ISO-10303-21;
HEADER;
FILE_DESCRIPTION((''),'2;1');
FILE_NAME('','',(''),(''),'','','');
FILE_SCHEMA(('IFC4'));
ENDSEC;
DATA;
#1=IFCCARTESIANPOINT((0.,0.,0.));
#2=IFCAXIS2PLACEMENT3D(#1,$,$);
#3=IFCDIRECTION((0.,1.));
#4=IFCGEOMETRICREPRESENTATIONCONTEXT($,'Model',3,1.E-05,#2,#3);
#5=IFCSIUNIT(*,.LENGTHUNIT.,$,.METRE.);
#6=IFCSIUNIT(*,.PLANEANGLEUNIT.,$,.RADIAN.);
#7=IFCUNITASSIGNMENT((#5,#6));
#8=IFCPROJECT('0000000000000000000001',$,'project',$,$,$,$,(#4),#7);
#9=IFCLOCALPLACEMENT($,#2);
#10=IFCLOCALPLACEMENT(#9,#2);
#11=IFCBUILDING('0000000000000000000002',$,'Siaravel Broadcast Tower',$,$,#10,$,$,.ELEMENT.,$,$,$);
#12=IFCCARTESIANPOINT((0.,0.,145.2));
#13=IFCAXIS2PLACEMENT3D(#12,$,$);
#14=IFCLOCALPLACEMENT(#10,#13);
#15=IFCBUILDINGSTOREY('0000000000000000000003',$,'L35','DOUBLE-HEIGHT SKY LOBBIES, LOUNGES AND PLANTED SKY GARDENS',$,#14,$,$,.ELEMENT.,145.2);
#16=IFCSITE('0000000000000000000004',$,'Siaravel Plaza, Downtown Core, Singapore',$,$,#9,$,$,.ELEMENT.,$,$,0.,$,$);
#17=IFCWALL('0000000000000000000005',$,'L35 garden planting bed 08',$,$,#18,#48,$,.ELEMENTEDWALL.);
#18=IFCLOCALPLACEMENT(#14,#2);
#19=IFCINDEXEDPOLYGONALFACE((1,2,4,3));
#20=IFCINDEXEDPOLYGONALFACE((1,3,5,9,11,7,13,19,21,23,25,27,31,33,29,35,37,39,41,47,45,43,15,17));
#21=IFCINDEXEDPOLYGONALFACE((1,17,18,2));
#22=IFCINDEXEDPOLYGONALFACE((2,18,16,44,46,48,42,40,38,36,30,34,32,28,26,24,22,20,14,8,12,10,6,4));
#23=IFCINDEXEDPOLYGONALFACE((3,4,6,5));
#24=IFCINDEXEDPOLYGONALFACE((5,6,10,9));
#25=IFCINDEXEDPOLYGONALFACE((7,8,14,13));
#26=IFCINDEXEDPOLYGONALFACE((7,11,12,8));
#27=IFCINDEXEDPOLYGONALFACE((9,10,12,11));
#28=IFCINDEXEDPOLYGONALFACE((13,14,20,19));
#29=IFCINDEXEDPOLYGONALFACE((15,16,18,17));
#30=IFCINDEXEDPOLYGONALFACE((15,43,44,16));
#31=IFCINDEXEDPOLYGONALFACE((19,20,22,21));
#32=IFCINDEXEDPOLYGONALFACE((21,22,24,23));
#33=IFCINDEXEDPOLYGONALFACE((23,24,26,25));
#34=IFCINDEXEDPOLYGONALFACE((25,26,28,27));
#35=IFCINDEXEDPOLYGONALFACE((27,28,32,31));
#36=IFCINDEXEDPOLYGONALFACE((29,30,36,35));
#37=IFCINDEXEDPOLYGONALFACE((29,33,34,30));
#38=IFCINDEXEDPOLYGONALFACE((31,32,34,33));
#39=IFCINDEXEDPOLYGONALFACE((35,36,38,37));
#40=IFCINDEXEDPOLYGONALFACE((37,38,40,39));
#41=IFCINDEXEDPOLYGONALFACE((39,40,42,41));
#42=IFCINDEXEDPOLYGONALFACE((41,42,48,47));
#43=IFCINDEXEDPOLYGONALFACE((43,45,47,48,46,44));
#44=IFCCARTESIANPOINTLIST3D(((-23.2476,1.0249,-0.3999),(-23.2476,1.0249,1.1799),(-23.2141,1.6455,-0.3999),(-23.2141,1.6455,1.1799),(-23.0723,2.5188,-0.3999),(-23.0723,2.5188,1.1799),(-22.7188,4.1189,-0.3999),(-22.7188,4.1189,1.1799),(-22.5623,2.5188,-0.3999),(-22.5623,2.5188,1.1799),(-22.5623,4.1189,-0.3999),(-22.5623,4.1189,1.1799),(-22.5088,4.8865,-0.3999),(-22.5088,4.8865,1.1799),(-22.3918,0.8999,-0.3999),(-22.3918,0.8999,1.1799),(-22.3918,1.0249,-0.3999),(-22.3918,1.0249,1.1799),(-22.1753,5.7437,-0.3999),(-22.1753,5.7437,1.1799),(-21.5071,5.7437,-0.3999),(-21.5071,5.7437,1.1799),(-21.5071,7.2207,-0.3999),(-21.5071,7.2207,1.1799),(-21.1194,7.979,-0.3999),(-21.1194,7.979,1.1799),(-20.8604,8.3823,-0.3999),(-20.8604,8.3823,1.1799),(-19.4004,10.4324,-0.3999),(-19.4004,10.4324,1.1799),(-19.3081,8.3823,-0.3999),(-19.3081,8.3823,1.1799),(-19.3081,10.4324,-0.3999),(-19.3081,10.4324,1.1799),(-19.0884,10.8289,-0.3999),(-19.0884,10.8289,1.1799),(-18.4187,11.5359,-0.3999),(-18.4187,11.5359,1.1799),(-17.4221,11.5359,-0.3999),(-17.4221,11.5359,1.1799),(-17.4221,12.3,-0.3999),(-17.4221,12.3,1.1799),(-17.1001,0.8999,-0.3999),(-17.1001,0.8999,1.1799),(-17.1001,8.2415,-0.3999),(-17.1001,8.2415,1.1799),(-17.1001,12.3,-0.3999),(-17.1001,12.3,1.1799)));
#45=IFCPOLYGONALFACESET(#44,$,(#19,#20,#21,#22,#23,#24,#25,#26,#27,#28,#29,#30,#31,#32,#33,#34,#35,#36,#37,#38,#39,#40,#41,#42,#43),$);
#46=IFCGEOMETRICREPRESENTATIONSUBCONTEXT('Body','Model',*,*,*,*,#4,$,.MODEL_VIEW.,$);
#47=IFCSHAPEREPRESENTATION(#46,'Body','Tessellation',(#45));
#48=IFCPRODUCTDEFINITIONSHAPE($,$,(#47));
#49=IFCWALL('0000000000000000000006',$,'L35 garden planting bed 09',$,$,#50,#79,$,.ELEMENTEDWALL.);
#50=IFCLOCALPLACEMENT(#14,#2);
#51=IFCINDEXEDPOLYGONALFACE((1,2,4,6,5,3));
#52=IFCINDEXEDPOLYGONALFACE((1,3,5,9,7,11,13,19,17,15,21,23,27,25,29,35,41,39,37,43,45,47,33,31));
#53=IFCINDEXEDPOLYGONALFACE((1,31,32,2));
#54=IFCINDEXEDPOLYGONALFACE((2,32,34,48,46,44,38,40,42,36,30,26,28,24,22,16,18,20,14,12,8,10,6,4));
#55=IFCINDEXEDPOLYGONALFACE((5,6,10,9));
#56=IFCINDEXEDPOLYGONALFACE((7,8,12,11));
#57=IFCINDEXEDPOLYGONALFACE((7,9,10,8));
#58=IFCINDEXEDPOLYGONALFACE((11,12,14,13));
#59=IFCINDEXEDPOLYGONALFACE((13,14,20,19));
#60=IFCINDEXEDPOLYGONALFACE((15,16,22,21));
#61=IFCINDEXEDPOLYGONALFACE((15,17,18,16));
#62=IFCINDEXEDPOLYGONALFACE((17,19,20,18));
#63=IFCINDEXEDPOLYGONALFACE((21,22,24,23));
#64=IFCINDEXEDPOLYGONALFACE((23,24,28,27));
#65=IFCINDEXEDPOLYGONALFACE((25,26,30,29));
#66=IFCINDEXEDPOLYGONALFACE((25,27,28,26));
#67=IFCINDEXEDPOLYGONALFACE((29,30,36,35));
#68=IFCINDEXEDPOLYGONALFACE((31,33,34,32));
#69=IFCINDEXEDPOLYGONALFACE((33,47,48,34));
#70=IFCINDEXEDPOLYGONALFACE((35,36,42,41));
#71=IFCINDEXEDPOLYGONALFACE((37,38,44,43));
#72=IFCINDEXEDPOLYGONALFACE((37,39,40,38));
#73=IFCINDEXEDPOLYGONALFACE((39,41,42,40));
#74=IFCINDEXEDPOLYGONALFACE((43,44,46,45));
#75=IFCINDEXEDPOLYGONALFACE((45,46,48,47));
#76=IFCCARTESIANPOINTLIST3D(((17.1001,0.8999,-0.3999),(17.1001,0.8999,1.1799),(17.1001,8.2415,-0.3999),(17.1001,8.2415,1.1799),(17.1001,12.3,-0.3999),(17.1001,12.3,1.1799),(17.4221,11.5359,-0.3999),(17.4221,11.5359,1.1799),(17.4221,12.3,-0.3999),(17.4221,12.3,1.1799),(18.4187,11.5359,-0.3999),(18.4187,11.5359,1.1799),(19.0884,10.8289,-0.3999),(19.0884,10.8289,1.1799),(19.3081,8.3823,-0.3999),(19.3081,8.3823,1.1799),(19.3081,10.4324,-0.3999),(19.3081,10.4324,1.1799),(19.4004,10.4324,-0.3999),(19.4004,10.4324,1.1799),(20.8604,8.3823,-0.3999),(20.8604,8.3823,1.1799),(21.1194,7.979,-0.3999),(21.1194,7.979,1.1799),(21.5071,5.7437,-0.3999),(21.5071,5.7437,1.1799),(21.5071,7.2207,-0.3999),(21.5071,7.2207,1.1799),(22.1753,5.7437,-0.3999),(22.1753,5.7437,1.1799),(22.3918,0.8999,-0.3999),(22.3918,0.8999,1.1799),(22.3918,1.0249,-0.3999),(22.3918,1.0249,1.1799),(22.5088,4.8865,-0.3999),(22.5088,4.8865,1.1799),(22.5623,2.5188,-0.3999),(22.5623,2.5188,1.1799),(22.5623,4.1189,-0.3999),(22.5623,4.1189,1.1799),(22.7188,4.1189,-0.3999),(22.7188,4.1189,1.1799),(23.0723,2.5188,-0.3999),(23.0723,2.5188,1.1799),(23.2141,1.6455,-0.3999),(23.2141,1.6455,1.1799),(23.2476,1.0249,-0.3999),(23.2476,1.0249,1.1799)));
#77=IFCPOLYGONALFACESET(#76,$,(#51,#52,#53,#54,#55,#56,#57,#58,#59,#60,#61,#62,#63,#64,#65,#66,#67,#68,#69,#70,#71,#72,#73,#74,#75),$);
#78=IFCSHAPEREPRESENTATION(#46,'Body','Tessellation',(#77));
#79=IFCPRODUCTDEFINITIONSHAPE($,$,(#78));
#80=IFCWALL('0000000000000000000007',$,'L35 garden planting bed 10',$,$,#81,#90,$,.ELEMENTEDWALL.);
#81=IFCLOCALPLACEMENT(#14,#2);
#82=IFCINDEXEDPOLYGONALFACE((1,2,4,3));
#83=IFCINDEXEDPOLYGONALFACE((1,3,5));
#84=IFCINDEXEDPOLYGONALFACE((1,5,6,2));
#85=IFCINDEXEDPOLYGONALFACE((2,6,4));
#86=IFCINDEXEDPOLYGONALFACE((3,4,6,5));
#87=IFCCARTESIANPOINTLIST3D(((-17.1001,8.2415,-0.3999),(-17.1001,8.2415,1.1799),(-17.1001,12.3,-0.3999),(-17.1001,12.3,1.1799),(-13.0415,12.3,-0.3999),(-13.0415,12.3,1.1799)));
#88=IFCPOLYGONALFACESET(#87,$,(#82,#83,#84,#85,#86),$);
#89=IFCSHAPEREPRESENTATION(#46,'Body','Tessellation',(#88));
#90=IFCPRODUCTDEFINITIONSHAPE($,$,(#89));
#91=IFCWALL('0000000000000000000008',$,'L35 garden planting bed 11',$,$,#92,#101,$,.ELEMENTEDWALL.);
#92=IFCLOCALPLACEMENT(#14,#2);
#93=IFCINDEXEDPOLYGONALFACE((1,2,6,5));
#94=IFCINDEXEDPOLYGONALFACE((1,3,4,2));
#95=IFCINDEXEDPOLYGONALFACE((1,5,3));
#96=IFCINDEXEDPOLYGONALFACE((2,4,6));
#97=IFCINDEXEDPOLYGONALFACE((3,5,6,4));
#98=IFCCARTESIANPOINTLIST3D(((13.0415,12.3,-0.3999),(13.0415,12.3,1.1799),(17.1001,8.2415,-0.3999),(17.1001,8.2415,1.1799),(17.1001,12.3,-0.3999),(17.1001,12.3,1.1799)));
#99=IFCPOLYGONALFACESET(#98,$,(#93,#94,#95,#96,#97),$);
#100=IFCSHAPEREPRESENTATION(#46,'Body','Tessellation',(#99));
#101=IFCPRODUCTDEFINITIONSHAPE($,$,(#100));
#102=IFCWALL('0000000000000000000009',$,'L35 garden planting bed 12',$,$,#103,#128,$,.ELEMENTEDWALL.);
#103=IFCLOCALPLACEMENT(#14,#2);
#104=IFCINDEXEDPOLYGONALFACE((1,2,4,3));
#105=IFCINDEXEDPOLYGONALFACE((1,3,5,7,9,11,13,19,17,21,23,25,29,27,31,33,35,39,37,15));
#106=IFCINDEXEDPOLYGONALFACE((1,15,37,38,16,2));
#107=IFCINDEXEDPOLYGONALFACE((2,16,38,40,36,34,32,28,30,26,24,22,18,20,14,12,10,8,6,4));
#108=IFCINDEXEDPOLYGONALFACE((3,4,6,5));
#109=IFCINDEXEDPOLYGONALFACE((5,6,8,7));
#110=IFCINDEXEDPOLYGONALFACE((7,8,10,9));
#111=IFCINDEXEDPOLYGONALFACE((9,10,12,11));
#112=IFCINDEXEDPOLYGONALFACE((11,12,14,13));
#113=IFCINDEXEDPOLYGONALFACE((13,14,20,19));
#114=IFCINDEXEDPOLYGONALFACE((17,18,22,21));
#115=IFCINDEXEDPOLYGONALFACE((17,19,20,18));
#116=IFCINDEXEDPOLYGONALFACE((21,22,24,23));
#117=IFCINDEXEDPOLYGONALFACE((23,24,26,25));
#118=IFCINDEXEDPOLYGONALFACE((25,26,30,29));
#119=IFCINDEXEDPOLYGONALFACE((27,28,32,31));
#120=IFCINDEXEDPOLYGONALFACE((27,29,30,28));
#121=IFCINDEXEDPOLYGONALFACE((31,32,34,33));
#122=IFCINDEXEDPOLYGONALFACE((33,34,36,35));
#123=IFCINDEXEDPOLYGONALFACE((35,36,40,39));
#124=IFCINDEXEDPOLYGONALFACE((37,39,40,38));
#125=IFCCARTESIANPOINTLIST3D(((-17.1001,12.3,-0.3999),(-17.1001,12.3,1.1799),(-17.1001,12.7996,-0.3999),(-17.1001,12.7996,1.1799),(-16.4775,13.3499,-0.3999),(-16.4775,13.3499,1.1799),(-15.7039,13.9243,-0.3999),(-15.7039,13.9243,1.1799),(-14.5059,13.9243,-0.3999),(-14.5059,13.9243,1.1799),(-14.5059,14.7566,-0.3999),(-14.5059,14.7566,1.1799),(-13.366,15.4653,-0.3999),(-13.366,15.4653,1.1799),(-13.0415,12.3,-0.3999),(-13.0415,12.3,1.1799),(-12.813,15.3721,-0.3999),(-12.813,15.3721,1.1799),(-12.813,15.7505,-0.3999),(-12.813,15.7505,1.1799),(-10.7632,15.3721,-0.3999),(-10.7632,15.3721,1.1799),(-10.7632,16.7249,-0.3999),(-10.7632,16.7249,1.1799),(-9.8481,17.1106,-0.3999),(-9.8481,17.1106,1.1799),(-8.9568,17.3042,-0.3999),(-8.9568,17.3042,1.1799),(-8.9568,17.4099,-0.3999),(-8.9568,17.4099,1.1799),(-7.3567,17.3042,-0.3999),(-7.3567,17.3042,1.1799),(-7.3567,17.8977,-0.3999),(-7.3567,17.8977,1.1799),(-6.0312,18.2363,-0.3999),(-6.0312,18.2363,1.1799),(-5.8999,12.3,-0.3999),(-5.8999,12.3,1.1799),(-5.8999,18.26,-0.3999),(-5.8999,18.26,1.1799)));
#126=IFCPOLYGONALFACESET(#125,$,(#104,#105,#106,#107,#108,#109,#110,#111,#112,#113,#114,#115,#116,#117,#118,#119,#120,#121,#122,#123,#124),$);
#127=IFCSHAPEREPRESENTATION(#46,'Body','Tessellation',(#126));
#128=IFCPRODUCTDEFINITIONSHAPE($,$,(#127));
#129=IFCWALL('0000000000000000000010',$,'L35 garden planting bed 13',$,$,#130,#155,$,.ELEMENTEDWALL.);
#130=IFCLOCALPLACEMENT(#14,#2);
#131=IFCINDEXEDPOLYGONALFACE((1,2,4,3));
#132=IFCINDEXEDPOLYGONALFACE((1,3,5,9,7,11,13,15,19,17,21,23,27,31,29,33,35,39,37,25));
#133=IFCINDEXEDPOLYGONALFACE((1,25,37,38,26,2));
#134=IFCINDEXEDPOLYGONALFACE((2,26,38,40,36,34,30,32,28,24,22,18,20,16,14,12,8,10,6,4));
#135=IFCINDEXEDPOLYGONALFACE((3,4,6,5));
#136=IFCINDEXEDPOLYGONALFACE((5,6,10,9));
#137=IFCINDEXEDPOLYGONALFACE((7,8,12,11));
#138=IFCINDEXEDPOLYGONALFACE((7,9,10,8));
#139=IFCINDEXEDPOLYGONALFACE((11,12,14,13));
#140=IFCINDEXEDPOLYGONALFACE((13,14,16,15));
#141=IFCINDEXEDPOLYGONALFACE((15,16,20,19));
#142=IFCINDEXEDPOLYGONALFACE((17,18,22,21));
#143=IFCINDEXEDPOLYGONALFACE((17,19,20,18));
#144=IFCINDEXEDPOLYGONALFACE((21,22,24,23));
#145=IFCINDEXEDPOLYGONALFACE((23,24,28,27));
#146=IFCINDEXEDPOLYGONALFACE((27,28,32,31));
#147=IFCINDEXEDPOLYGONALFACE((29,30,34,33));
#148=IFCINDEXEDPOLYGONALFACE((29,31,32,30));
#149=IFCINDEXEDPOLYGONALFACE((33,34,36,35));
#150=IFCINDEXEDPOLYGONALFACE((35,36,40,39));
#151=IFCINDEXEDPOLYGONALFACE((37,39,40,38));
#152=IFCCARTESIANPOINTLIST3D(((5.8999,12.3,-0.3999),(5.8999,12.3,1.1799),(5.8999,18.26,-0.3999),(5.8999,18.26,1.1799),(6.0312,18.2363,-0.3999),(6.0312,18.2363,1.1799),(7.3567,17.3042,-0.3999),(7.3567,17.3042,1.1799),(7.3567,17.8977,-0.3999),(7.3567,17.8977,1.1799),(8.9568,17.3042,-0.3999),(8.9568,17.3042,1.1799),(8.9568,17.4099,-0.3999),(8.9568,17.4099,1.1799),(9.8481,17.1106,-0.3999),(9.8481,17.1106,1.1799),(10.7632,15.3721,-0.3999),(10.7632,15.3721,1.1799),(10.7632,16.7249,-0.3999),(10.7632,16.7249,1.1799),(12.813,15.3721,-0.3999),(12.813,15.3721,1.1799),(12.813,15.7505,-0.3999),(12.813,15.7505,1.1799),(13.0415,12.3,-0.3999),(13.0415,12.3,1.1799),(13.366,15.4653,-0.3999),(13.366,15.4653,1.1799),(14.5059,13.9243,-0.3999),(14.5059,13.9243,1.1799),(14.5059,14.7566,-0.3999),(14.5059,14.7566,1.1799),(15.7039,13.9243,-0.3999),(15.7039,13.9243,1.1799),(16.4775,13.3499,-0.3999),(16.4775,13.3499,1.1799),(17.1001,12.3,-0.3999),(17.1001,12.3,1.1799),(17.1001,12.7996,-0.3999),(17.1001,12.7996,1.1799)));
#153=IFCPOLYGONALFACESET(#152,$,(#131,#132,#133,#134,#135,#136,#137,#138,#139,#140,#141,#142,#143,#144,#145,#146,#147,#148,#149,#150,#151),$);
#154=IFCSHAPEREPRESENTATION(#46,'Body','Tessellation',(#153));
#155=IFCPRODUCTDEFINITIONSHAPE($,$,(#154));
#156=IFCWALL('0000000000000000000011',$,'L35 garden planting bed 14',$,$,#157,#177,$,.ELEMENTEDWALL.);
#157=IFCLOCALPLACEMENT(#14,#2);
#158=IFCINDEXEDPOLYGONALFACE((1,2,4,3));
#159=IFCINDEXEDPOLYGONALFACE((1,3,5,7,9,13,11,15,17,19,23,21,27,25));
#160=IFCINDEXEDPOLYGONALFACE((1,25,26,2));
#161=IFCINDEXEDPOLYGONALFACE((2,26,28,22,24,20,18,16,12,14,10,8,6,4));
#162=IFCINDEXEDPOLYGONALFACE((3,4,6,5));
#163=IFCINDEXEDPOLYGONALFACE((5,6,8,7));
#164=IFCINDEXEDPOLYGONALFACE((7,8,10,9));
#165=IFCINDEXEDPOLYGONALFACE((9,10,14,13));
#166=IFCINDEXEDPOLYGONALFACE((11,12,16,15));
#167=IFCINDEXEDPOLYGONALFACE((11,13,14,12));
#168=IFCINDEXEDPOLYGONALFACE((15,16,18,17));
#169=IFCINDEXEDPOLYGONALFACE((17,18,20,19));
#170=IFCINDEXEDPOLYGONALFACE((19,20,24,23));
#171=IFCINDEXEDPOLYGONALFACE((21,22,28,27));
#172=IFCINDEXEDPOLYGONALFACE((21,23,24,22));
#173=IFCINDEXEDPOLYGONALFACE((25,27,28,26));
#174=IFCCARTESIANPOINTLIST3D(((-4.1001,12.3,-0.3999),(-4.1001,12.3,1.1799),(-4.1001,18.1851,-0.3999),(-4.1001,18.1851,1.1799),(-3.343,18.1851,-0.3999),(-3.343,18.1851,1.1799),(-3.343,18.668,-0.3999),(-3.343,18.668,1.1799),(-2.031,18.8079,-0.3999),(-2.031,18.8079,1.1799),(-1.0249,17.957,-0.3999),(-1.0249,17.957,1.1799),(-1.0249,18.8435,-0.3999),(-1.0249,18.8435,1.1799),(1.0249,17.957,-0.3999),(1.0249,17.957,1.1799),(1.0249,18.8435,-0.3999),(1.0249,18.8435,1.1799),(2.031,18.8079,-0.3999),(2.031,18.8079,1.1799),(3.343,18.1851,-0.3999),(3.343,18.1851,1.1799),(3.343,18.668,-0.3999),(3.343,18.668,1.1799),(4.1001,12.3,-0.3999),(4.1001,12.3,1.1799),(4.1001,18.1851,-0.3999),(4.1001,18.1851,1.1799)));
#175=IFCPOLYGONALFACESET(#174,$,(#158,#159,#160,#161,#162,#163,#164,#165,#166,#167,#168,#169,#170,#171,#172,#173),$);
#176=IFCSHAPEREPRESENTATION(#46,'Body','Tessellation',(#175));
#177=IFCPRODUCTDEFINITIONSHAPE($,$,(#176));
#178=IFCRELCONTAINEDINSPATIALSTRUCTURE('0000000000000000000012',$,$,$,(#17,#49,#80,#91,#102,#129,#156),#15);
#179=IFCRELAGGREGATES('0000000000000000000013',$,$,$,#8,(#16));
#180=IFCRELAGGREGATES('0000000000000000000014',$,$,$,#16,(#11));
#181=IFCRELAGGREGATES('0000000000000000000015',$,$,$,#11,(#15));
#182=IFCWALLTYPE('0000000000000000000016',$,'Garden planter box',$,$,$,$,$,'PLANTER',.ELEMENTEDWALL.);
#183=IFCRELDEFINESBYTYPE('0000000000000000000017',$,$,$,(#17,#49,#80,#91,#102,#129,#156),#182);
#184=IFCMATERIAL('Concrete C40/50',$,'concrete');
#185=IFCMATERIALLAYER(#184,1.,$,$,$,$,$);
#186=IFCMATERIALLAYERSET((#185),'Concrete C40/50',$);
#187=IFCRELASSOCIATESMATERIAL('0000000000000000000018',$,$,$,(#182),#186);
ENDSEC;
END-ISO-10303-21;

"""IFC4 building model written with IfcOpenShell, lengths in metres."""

from ifc_helpers import new_model, si_unit, direction, frame, origin, place, context, subcontext, project, spatial, polyline, outline, extrude, material, layer, layer_set, type_object, element, save


model = new_model("IFC4")

# Units and contexts
model_context = context("Model", 3, precision=1e-05, world=origin(), true_north=direction((0.0, 1.0)))
body_context = subcontext(model_context, "Body", "Model", "MODEL_VIEW")
ifc_project = project(units=[si_unit("LENGTHUNIT", "METRE"), si_unit("PLANEANGLEUNIT", "RADIAN")], contexts=[model_context])

# Site, building, storey
site_placement = place(None, origin())
site = spatial("IfcSite", under=ifc_project, at=site_placement, Name="Siaravel Plaza, Downtown Core, Singapore", CompositionType="ELEMENT", RefElevation=0.0)
building_placement = place(site_placement, origin())
building = spatial("IfcBuilding", under=site, at=building_placement, Name="Siaravel Broadcast Tower", CompositionType="ELEMENT")
storey_placement = place(building_placement, frame((0.0, 0.0, 145.2)))
storey = spatial("IfcBuildingStorey", under=building, at=storey_placement, Name="L35", Description="DOUBLE-HEIGHT SKY LOBBIES, LOUNGES AND PLANTED SKY GARDENS", CompositionType="ELEMENT", Elevation=145.2)

# Shared definitions
ifc_material_1 = material(Name="Concrete C40/50", Category="concrete")

# Walls
ifc_layer_1 = layer(ifc_material_1, 1.0)
ifc_layer_set_1 = layer_set([ifc_layer_1], Name="Concrete C40/50")
wall_type_1 = type_object("IfcWallType", Name="Garden planter box", ElementType="PLANTER", PredefinedType="ELEMENTEDWALL", material=ifc_layer_set_1)
wall_1_placement = place(storey_placement, frame((0.0, 0.0, -0.3999)))
element("IfcWall", 1, at=wall_1_placement, inside=storey, type_object=wall_type_1, Name="L35 garden planting bed 08", PredefinedType="ELEMENTEDWALL", context=body_context, shape_type="SweptSolid", body=[
    extrude(outline(polyline([(-23.0723, 2.5188), (-23.2141, 1.6455), (-23.2476, 1.0249), (-22.3918, 1.0249), (-22.3918, 0.8999), (-17.1001, 0.8999), (-17.1001, 8.2415), (-17.1001, 12.3), (-17.4221, 12.3), (-17.4221, 11.5359), (-18.4187, 11.5359), (-19.0884, 10.8289), (-19.4004, 10.4324), (-19.3081, 10.4324), (-19.3081, 8.3823), (-20.8604, 8.3823), (-21.1194, 7.979), (-21.5071, 7.2207), (-21.5071, 5.7437), (-22.1753, 5.7437), (-22.5088, 4.8865), (-22.7188, 4.1189), (-22.5623, 4.1189), (-22.5623, 2.5188), (-23.0723, 2.5188)])), origin(), (0.0, 0.0, 1.0), 1.5798),
])
wall_2_placement = place(storey_placement, frame((0.0, 0.0, -0.3999)))
element("IfcWall", 2, at=wall_2_placement, inside=storey, type_object=wall_type_1, Name="L35 garden planting bed 09", PredefinedType="ELEMENTEDWALL", context=body_context, shape_type="SweptSolid", body=[
    extrude(outline(polyline([(17.4221, 12.3), (17.1001, 12.3), (17.1001, 8.2415), (17.1001, 0.8999), (22.3918, 0.8999), (22.3918, 1.0249), (23.2476, 1.0249), (23.2141, 1.6455), (23.0723, 2.5188), (22.5623, 2.5188), (22.5623, 4.1189), (22.7188, 4.1189), (22.5088, 4.8865), (22.1753, 5.7437), (21.5071, 5.7437), (21.5071, 7.2207), (21.1194, 7.979), (20.8604, 8.3823), (19.3081, 8.3823), (19.3081, 10.4324), (19.4004, 10.4324), (19.0884, 10.8289), (18.4187, 11.5359), (17.4221, 11.5359), (17.4221, 12.3)])), origin(), (0.0, 0.0, 1.0), 1.5798),
])
wall_3_placement = place(storey_placement, frame((0.0, 0.0, -0.3999)))
element("IfcWall", 3, at=wall_3_placement, inside=storey, type_object=wall_type_1, Name="L35 garden planting bed 10", PredefinedType="ELEMENTEDWALL", context=body_context, shape_type="SweptSolid", body=[
    extrude(outline(polyline([(-13.0415, 12.3), (-17.1001, 12.3), (-17.1001, 8.2415), (-13.0415, 12.3)])), origin(), (0.0, 0.0, 1.0), 1.5798),
])
wall_4_placement = place(storey_placement, frame((0.0, 0.0, -0.3999)))
element("IfcWall", 4, at=wall_4_placement, inside=storey, type_object=wall_type_1, Name="L35 garden planting bed 11", PredefinedType="ELEMENTEDWALL", context=body_context, shape_type="SweptSolid", body=[
    extrude(outline(polyline([(17.1001, 8.2415), (17.1001, 12.3), (13.0415, 12.3), (17.1001, 8.2415)])), origin(), (0.0, 0.0, 1.0), 1.5798),
])
wall_5_placement = place(storey_placement, frame((0.0, 0.0, -0.3999)))
element("IfcWall", 5, at=wall_5_placement, inside=storey, type_object=wall_type_1, Name="L35 garden planting bed 12", PredefinedType="ELEMENTEDWALL", context=body_context, shape_type="SweptSolid", body=[
    extrude(outline(polyline([(-17.1001, 12.7996), (-17.1001, 12.3), (-13.0415, 12.3), (-5.8999, 12.3), (-5.8999, 18.26), (-6.0312, 18.2363), (-7.3567, 17.8977), (-7.3567, 17.3042), (-8.9568, 17.3042), (-8.9568, 17.4099), (-9.8481, 17.1106), (-10.7632, 16.7249), (-10.7632, 15.3721), (-12.813, 15.3721), (-12.813, 15.7505), (-13.366, 15.4653), (-14.5059, 14.7566), (-14.5059, 13.9243), (-15.7039, 13.9243), (-16.4775, 13.3499), (-17.1001, 12.7996)])), origin(), (0.0, 0.0, 1.0), 1.5798),
])
wall_6_placement = place(storey_placement, frame((0.0, 0.0, -0.3999)))
element("IfcWall", 6, at=wall_6_placement, inside=storey, type_object=wall_type_1, Name="L35 garden planting bed 13", PredefinedType="ELEMENTEDWALL", context=body_context, shape_type="SweptSolid", body=[
    extrude(outline(polyline([(7.3567, 17.8977), (6.0312, 18.2363), (5.8999, 18.26), (5.8999, 12.3), (13.0415, 12.3), (17.1001, 12.3), (17.1001, 12.7996), (16.4775, 13.3499), (15.7039, 13.9243), (14.5059, 13.9243), (14.5059, 14.7566), (13.366, 15.4653), (12.813, 15.7505), (12.813, 15.3721), (10.7632, 15.3721), (10.7632, 16.7249), (9.8481, 17.1106), (8.9568, 17.4099), (8.9568, 17.3042), (7.3567, 17.3042), (7.3567, 17.8977)])), origin(), (0.0, 0.0, 1.0), 1.5798),
])
wall_7_placement = place(storey_placement, frame((0.0, 0.0, -0.3999)))
element("IfcWall", 7, at=wall_7_placement, inside=storey, type_object=wall_type_1, Name="L35 garden planting bed 14", PredefinedType="ELEMENTEDWALL", context=body_context, shape_type="SweptSolid", body=[
    extrude(outline(polyline([(-2.031, 18.8079), (-3.343, 18.668), (-3.343, 18.1851), (-4.1001, 18.1851), (-4.1001, 12.3), (4.1001, 12.3), (4.1001, 18.1851), (3.343, 18.1851), (3.343, 18.668), (2.031, 18.8079), (1.0249, 18.8435), (1.0249, 17.957), (-1.0249, 17.957), (-1.0249, 18.8435), (-2.031, 18.8079)])), origin(), (0.0, 0.0, 1.0), 1.5798),
])

save(model, "model.ifc")
